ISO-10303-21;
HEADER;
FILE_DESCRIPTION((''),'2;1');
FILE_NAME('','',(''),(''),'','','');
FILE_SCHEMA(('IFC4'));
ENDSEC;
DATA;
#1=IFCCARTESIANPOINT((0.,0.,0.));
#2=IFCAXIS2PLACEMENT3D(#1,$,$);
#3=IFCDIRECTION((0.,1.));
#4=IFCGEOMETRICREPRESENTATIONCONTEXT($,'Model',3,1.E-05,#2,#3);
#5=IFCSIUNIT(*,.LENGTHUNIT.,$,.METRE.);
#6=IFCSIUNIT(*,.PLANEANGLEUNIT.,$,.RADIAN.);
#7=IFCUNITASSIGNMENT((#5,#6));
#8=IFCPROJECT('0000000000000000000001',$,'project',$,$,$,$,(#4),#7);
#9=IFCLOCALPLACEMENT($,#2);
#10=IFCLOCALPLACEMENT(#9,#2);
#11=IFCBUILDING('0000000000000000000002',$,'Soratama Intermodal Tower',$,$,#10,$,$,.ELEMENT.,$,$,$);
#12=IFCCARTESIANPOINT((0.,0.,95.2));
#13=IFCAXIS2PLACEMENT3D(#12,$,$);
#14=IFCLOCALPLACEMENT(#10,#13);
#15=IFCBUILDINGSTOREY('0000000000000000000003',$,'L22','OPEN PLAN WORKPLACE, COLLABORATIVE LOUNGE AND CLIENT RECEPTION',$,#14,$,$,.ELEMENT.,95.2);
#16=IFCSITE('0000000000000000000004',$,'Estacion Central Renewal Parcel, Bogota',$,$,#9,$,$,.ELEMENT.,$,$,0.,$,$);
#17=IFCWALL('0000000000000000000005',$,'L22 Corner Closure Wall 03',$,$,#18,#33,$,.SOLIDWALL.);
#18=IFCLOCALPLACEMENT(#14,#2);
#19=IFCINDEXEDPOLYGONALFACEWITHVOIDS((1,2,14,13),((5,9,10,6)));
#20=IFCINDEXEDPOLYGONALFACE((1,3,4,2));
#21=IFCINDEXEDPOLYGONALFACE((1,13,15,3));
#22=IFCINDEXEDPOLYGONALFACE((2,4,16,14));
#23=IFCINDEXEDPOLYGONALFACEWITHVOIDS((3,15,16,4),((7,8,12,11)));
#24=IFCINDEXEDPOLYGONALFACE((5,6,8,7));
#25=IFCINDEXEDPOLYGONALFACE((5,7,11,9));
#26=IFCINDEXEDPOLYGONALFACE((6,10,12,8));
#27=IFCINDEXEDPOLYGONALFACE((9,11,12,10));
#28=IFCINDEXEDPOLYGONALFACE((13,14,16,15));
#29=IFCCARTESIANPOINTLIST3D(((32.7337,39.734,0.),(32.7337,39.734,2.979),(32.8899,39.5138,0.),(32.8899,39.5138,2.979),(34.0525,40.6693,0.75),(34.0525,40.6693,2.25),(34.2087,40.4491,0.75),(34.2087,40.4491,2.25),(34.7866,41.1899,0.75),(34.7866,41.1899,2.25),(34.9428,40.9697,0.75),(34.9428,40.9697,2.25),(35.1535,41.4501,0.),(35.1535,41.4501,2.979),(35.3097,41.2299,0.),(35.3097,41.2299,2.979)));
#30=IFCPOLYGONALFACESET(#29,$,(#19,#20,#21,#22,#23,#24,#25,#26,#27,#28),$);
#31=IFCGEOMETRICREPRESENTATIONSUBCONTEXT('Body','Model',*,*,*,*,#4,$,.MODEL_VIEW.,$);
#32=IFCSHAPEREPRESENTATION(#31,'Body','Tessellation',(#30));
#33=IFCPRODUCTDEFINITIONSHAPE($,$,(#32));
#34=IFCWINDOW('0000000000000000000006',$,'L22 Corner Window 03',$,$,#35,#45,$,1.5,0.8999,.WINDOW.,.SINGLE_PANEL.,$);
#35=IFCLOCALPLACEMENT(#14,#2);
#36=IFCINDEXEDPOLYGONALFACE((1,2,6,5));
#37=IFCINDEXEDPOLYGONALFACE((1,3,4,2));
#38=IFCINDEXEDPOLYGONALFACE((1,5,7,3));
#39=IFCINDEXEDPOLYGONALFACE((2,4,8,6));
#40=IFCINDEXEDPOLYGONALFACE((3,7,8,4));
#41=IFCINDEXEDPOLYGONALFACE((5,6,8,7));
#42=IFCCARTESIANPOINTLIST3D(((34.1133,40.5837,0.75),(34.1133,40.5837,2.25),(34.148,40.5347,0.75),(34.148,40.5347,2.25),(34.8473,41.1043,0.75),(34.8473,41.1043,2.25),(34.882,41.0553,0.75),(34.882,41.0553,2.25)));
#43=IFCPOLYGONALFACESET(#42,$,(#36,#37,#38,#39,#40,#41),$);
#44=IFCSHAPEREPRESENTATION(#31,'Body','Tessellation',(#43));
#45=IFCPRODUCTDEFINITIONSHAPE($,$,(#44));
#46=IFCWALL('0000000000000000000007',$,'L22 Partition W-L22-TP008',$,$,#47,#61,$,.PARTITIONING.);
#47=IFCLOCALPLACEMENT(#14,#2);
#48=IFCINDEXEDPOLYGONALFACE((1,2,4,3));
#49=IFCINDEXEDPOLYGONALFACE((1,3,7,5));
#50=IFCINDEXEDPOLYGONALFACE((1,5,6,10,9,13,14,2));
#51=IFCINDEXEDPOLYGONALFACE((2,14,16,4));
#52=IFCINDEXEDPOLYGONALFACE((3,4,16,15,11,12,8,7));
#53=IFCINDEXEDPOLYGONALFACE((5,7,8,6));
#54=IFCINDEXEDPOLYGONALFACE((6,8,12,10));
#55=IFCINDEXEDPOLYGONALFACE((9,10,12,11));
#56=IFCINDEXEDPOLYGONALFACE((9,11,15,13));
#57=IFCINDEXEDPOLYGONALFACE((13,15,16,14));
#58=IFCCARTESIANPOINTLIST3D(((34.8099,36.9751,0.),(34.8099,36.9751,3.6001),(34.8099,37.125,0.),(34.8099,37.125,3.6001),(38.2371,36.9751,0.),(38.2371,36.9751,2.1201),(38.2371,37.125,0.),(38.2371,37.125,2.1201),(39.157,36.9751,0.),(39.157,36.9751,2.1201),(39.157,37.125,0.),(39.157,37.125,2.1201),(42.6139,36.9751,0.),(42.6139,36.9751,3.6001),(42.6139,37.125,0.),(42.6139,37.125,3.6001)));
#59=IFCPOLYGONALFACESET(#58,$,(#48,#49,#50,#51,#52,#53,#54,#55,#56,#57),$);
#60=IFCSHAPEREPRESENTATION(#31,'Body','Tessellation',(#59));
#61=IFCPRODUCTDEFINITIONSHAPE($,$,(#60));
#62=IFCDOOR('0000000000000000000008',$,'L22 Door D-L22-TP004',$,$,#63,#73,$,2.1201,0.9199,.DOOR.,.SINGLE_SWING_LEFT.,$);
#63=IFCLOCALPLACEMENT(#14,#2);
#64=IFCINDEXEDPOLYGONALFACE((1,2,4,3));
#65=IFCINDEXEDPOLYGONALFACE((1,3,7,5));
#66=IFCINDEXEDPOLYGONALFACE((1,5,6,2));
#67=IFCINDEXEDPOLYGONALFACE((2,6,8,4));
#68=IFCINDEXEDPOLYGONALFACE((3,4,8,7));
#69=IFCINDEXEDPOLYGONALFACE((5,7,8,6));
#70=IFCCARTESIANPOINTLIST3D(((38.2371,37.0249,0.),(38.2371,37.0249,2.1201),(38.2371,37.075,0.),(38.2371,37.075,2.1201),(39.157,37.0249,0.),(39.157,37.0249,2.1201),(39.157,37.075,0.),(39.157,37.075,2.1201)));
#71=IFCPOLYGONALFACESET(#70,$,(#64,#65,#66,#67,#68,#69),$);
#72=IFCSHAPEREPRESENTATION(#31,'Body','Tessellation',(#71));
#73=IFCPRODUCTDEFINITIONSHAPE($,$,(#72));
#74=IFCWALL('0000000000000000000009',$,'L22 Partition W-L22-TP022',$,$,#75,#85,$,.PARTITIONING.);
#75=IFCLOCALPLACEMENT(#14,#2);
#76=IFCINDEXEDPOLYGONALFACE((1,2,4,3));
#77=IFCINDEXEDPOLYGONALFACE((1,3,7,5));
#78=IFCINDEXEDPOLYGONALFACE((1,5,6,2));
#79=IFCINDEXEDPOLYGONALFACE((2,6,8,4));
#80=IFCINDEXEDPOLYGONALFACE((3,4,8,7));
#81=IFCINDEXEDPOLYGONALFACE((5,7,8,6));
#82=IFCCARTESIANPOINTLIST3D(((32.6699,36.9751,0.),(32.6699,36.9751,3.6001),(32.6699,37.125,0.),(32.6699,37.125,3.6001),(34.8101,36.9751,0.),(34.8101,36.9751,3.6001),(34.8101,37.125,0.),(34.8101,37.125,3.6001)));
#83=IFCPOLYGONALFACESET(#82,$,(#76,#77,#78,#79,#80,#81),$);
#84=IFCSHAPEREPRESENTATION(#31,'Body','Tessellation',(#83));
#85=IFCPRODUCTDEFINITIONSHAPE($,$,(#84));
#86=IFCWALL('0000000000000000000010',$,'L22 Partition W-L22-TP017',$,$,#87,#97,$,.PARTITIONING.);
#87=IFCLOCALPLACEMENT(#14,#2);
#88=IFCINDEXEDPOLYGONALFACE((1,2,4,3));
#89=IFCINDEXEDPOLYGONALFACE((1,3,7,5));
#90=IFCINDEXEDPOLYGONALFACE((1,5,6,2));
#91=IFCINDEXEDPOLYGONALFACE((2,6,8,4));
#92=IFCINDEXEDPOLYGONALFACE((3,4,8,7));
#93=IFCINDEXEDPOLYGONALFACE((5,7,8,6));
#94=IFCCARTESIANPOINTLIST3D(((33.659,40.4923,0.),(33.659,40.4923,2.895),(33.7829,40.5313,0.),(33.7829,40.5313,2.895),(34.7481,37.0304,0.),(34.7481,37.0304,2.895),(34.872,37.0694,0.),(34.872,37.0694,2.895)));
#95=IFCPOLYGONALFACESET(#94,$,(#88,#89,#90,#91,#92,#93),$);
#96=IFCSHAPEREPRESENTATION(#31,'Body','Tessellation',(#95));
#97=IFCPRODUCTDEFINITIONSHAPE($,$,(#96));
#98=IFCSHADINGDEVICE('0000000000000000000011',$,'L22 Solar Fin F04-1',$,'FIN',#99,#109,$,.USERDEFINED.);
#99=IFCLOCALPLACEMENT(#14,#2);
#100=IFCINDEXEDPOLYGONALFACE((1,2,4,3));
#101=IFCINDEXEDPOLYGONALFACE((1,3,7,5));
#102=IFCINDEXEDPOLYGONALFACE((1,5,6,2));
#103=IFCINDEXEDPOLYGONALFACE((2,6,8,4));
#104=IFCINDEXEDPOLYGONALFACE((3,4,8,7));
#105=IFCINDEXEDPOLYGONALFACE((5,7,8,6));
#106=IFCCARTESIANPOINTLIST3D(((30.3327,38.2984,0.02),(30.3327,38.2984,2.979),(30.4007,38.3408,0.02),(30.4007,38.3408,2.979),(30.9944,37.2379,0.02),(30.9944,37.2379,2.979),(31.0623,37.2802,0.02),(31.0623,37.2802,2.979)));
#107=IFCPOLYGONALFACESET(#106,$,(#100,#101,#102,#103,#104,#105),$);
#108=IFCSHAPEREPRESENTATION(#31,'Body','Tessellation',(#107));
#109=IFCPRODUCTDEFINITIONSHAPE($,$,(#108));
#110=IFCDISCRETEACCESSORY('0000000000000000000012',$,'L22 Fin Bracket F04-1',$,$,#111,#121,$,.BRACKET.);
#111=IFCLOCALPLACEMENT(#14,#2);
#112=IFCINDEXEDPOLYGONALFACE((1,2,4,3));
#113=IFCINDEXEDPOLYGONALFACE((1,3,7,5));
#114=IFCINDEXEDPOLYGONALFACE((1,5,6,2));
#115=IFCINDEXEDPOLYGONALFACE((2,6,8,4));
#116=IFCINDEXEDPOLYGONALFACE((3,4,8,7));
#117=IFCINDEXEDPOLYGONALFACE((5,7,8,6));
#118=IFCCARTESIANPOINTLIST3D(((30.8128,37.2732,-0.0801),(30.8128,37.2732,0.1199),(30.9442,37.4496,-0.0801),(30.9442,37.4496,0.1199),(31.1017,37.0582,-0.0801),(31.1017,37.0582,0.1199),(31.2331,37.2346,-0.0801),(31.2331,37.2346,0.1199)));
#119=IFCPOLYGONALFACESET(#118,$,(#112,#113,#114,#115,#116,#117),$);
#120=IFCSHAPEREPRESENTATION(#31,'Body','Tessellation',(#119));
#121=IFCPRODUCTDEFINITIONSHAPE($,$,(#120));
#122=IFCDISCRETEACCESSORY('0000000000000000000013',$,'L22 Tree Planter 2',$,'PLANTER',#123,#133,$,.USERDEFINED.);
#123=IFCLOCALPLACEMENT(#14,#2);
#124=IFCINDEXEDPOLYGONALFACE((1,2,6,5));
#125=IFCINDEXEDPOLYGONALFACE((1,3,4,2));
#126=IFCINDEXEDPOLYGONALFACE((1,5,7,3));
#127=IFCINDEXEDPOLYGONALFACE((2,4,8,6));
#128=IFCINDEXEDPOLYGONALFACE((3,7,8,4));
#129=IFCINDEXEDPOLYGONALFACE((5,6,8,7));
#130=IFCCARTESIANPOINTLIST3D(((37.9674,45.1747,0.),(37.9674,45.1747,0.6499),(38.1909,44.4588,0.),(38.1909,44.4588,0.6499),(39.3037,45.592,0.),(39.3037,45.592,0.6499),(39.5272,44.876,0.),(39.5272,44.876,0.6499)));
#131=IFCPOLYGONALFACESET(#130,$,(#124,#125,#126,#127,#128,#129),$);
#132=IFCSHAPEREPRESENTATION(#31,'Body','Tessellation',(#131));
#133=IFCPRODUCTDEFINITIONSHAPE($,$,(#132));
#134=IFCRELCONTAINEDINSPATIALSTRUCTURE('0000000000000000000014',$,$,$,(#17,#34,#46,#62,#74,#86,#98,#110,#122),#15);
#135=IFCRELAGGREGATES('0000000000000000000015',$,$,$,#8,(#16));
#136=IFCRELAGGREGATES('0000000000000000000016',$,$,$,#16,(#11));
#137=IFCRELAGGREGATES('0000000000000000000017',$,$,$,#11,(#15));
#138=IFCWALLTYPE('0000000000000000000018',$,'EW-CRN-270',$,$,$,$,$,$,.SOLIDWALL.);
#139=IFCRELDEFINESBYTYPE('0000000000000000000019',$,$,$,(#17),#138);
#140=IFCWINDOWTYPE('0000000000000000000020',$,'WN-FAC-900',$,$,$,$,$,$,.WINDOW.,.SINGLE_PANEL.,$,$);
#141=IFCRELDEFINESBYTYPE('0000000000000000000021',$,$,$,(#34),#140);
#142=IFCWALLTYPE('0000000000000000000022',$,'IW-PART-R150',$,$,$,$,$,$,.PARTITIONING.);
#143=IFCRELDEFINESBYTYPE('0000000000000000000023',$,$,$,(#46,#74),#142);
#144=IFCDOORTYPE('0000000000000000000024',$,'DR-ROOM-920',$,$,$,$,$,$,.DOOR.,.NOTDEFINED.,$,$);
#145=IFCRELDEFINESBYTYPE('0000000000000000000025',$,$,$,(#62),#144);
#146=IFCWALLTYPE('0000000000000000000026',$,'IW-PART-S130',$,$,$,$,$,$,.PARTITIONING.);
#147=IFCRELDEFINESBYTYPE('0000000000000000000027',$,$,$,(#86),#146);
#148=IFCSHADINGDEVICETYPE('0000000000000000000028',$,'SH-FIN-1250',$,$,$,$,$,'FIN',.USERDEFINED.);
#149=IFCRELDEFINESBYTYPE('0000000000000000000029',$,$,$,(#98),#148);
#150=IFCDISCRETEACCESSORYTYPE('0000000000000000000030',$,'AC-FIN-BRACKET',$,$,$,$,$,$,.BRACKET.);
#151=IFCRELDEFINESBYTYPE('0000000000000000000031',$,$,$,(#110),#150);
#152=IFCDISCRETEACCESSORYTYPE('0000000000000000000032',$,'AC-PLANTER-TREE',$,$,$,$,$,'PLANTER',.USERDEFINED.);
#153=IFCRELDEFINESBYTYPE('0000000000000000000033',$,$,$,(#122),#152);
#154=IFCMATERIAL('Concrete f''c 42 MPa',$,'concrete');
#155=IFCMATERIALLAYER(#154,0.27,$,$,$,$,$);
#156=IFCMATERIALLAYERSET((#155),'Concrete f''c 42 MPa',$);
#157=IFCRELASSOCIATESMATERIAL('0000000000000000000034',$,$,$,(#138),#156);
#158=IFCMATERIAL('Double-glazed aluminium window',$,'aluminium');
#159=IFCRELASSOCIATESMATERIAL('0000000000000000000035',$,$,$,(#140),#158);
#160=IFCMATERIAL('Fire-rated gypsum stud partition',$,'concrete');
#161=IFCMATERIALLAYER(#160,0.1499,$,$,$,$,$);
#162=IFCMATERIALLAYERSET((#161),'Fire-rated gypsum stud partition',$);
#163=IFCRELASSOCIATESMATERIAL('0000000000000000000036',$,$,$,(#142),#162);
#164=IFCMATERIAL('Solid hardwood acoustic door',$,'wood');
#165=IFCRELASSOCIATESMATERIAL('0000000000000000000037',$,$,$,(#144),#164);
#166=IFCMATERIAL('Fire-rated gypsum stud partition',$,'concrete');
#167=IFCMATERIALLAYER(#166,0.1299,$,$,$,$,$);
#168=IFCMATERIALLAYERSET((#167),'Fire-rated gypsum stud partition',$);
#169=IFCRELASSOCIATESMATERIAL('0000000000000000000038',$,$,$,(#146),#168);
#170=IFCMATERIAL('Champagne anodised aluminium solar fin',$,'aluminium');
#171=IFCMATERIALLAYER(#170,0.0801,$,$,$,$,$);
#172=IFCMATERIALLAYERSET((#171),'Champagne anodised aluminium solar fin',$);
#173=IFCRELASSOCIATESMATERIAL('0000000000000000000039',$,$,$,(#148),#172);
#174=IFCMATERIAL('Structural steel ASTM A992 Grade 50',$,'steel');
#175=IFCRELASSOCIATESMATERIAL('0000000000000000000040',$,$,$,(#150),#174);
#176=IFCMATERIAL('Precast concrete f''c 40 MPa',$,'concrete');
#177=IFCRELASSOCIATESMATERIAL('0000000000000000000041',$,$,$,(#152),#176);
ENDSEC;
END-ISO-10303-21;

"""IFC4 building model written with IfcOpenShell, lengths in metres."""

from ifc_helpers import new_model, si_unit, direction, frame, frame_2d, origin, origin_2d, place, context, subcontext, project, spatial, rectangle, extrude, material, layer, layer_set, type_object, element, fill, save


model = new_model("IFC4")

# Units and contexts
model_context = context("Model", 3, precision=1e-05, world=origin(), true_north=direction((0.0, 1.0)))
body_context = subcontext(model_context, "Body", "Model", "MODEL_VIEW")
ifc_project = project(units=[si_unit("LENGTHUNIT", "METRE"), si_unit("PLANEANGLEUNIT", "RADIAN")], contexts=[model_context])

# Site, building, storey
site_placement = place(None, origin())
site = spatial("IfcSite", under=ifc_project, at=site_placement, Name="Estacion Central Renewal Parcel, Bogota", CompositionType="ELEMENT", RefElevation=0.0)
building_placement = place(site_placement, origin())
building = spatial("IfcBuilding", under=site, at=building_placement, Name="Soratama Intermodal Tower", CompositionType="ELEMENT")
storey_placement = place(building_placement, frame((0.0, 0.0, 95.2)))
storey = spatial("IfcBuildingStorey", under=building, at=storey_placement, Name="L22", Description="OPEN PLAN WORKPLACE, COLLABORATIVE LOUNGE AND CLIENT RECEPTION", CompositionType="ELEMENT", Elevation=95.2)

# Wall, opening, window
ifc_material_1 = material(Name="Concrete f'c 42 MPa", Category="concrete")
ifc_layer_1 = layer(ifc_material_1, 0.27)
ifc_layer_set_1 = layer_set([ifc_layer_1], Name="Concrete f'c 42 MPa")
wall_type_1 = type_object("IfcWallType", Name="EW-CRN-270", PredefinedType="SOLIDWALL", material=ifc_layer_set_1)
wall_1_placement = place(storey_placement, frame((35.2317, 41.3401, 0.0), z_axis=(0.0, 0.0, 1.0), x_axis=(-0.815686, -0.578494, 0.0)))
wall_1 = element("IfcWall", 1, at=wall_1_placement, inside=storey, type_object=wall_type_1, Name="L22 Corner Closure Wall 03", PredefinedType="SOLIDWALL", context=body_context, shape_type="SweptSolid", body=[
    extrude(rectangle(XDim=2.9666, YDim=0.27, at=frame_2d((1.4834, 0.0))), origin(), (0.0, 0.0, 1.0), 2.979),
])
opening_1_placement = place(wall_1_placement, frame((0.45, 0.0, 0.75)))
opening_1 = element("IfcOpeningElement", 2, at=opening_1_placement, cuts=wall_1, PredefinedType="OPENING", context=body_context, shape_type="SweptSolid", body=[
    extrude(rectangle(XDim=0.8999, YDim=1.5, at=frame_2d((0.45, 0.75))), frame((0.0, 0.145, 0.0), z_axis=(0.0, -1.0, 0.0), x_axis=(1.0, 0.0, 0.0)), (0.0, 0.0, 1.0), 0.29),
])
ifc_material_2 = material(Name="Double-glazed aluminium window", Category="aluminium")
window_type = type_object("IfcWindowType", Name="WN-FAC-900", PartitioningType="SINGLE_PANEL", PredefinedType="WINDOW", material=ifc_material_2)
window_placement = place(opening_1_placement, origin())
window = element("IfcWindow", 3, at=window_placement, inside=storey, type_object=window_type, Name="L22 Corner Window 03", OverallHeight=1.5, OverallWidth=0.8999, PartitioningType="SINGLE_PANEL", PredefinedType="WINDOW", context=body_context, shape_type="SweptSolid", body=[
    extrude(rectangle(XDim=0.8999, YDim=1.5, at=frame_2d((0.45, 0.75))), frame((0.0, 0.03, 0.0), z_axis=(0.0, -1.0, 0.0), x_axis=(1.0, 0.0, 0.0)), (0.0, 0.0, 1.0), 0.0601),
])
fill(opening_1, window)

# Wall, opening, door
ifc_material_3 = material(Name="Fire-rated gypsum stud partition", Category="concrete")
ifc_layer_2 = layer(ifc_material_3, 0.1499)
ifc_layer_set_2 = layer_set([ifc_layer_2], Name="Fire-rated gypsum stud partition")
wall_type_2 = type_object("IfcWallType", Name="IW-PART-R150", PredefinedType="PARTITIONING", material=ifc_layer_set_2)
wall_2_placement = place(storey_placement, frame((34.8101, 37.05, 0.0), z_axis=(0.0, 0.0, 1.0), x_axis=(1.0, 0.0, 0.0)))
wall_2 = element("IfcWall", 4, at=wall_2_placement, inside=storey, type_object=wall_type_2, Name="L22 Partition W-L22-TP008", PredefinedType="PARTITIONING", context=body_context, shape_type="SweptSolid", body=[
    extrude(rectangle(XDim=7.804, YDim=0.1499, at=frame_2d((3.9019, 0.0))), origin(), (0.0, 0.0, 1.0), 3.6001),
])
opening_2_placement = place(wall_2_placement, frame((3.427, 0.0, 0.0)))
opening_2 = element("IfcOpeningElement", 5, at=opening_2_placement, cuts=wall_2, PredefinedType="OPENING", context=body_context, shape_type="SweptSolid", body=[
    extrude(rectangle(XDim=0.9199, YDim=2.1201, at=frame_2d((0.46, 1.0601))), frame((0.0, 0.085, 0.0), z_axis=(0.0, -1.0, 0.0), x_axis=(1.0, 0.0, 0.0)), (0.0, 0.0, 1.0), 0.1699),
])
ifc_material_4 = material(Name="Solid hardwood acoustic door", Category="wood")
door_type = type_object("IfcDoorType", Name="DR-ROOM-920", OperationType="NOTDEFINED", PredefinedType="DOOR", material=ifc_material_4)
door_placement = place(opening_2_placement, origin())
door = element("IfcDoor", 6, at=door_placement, inside=storey, type_object=door_type, Name="L22 Door D-L22-TP004", OperationType="SINGLE_SWING_LEFT", OverallHeight=2.1201, OverallWidth=0.9199, PredefinedType="DOOR", context=body_context, shape_type="SweptSolid", body=[
    extrude(rectangle(XDim=0.9199, YDim=2.1201, at=frame_2d((0.46, 1.0601))), frame((0.0, 0.0249, 0.0), z_axis=(0.0, -1.0, 0.0), x_axis=(1.0, 0.0, 0.0)), (0.0, 0.0, 1.0), 0.05),
])
fill(opening_2, door)

# Walls
wall_3_placement = place(storey_placement, frame((32.6699, 37.05, 0.0), z_axis=(0.0, 0.0, 1.0), x_axis=(1.0, 0.0, 0.0)))
element("IfcWall", 7, at=wall_3_placement, inside=storey, type_object=wall_type_2, Name="L22 Partition W-L22-TP022", PredefinedType="PARTITIONING", context=body_context, shape_type="SweptSolid", body=[
    extrude(rectangle(XDim=2.1401, YDim=0.1499, at=frame_2d((1.0701, 0.0))), origin(), (0.0, 0.0, 1.0), 3.6001),
])
ifc_material_5 = material(Name="Fire-rated gypsum stud partition", Category="concrete")
ifc_layer_3 = layer(ifc_material_5, 0.1299)
ifc_layer_set_3 = layer_set([ifc_layer_3], Name="Fire-rated gypsum stud partition")
wall_type_3 = type_object("IfcWallType", Name="IW-PART-S130", PredefinedType="PARTITIONING", material=ifc_layer_set_3)
wall_4_placement = place(storey_placement, frame((34.8101, 37.05, 0.0), z_axis=(0.0, 0.0, 1.0), x_axis=(-0.300098, 0.953908, 0.0)))
element("IfcWall", 8, at=wall_4_placement, inside=storey, type_object=wall_type_3, Name="L22 Partition W-L22-TP017", PredefinedType="PARTITIONING", context=body_context, shape_type="SweptSolid", body=[
    extrude(rectangle(XDim=3.6292, YDim=0.1299, at=frame_2d((1.8145, 0.0))), origin(), (0.0, 0.0, 1.0), 2.895),
])

# Shading device
ifc_material_6 = material(Name="Champagne anodised aluminium solar fin", Category="aluminium")
ifc_layer_4 = layer(ifc_material_6, 0.0801)
ifc_layer_set_4 = layer_set([ifc_layer_4], Name="Champagne anodised aluminium solar fin")
shading_device_type = type_object("IfcShadingDeviceType", Name="SH-FIN-1250", ElementType="FIN", PredefinedType="USERDEFINED", material=ifc_layer_set_4)
shading_device_placement = place(storey_placement, frame((30.6975, 37.7893, 0.02), z_axis=(0.0, 0.0, 1.0), x_axis=(-0.529327, 0.848418, 0.0)))
element("IfcShadingDevice", 9, at=shading_device_placement, inside=storey, type_object=shading_device_type, Name="L22 Solar Fin F04-1", ObjectType="FIN", PredefinedType="USERDEFINED", context=body_context, shape_type="SweptSolid", body=[
    extrude(rectangle(XDim=1.25, YDim=0.0801, at=origin_2d()), origin(), (0.0, 0.0, 1.0), 2.959),
])

# Discrete accessories
ifc_material_7 = material(Name="Structural steel ASTM A992 Grade 50", Category="steel")
discrete_accessory_type_1 = type_object("IfcDiscreteAccessoryType", Name="AC-FIN-BRACKET", PredefinedType="BRACKET", material=ifc_material_7)
discrete_accessory_1_placement = place(storey_placement, frame((31.0229, 37.2539, -0.0801), z_axis=(0.0, 0.0, 1.0), x_axis=(-0.802193, 0.597065, 0.0)))
element("IfcDiscreteAccessory", 10, at=discrete_accessory_1_placement, inside=storey, type_object=discrete_accessory_type_1, Name="L22 Fin Bracket F04-1", PredefinedType="BRACKET", context=body_context, shape_type="SweptSolid", body=[
    extrude(rectangle(XDim=0.3601, YDim=0.22, at=origin_2d()), origin(), (0.0, 0.0, 1.0), 0.2),
])
ifc_material_8 = material(Name="Precast concrete f'c 40 MPa", Category="concrete")
discrete_accessory_type_2 = type_object("IfcDiscreteAccessoryType", Name="AC-PLANTER-TREE", ElementType="PLANTER", PredefinedType="USERDEFINED", material=ifc_material_8)
discrete_accessory_2_placement = place(storey_placement, frame((38.7473, 45.0254, 0.0), z_axis=(0.0, 0.0, 1.0), x_axis=(-0.298041, 0.954553, 0.0)))
element("IfcDiscreteAccessory", 11, at=discrete_accessory_2_placement, inside=storey, type_object=discrete_accessory_type_2, Name="L22 Tree Planter 2", ObjectType="PLANTER", PredefinedType="USERDEFINED", context=body_context, shape_type="SweptSolid", body=[
    extrude(rectangle(XDim=0.75, YDim=1.3999, at=origin_2d()), origin(), (0.0, 0.0, 1.0), 0.6499),
])

save(model, "model.ifc")
